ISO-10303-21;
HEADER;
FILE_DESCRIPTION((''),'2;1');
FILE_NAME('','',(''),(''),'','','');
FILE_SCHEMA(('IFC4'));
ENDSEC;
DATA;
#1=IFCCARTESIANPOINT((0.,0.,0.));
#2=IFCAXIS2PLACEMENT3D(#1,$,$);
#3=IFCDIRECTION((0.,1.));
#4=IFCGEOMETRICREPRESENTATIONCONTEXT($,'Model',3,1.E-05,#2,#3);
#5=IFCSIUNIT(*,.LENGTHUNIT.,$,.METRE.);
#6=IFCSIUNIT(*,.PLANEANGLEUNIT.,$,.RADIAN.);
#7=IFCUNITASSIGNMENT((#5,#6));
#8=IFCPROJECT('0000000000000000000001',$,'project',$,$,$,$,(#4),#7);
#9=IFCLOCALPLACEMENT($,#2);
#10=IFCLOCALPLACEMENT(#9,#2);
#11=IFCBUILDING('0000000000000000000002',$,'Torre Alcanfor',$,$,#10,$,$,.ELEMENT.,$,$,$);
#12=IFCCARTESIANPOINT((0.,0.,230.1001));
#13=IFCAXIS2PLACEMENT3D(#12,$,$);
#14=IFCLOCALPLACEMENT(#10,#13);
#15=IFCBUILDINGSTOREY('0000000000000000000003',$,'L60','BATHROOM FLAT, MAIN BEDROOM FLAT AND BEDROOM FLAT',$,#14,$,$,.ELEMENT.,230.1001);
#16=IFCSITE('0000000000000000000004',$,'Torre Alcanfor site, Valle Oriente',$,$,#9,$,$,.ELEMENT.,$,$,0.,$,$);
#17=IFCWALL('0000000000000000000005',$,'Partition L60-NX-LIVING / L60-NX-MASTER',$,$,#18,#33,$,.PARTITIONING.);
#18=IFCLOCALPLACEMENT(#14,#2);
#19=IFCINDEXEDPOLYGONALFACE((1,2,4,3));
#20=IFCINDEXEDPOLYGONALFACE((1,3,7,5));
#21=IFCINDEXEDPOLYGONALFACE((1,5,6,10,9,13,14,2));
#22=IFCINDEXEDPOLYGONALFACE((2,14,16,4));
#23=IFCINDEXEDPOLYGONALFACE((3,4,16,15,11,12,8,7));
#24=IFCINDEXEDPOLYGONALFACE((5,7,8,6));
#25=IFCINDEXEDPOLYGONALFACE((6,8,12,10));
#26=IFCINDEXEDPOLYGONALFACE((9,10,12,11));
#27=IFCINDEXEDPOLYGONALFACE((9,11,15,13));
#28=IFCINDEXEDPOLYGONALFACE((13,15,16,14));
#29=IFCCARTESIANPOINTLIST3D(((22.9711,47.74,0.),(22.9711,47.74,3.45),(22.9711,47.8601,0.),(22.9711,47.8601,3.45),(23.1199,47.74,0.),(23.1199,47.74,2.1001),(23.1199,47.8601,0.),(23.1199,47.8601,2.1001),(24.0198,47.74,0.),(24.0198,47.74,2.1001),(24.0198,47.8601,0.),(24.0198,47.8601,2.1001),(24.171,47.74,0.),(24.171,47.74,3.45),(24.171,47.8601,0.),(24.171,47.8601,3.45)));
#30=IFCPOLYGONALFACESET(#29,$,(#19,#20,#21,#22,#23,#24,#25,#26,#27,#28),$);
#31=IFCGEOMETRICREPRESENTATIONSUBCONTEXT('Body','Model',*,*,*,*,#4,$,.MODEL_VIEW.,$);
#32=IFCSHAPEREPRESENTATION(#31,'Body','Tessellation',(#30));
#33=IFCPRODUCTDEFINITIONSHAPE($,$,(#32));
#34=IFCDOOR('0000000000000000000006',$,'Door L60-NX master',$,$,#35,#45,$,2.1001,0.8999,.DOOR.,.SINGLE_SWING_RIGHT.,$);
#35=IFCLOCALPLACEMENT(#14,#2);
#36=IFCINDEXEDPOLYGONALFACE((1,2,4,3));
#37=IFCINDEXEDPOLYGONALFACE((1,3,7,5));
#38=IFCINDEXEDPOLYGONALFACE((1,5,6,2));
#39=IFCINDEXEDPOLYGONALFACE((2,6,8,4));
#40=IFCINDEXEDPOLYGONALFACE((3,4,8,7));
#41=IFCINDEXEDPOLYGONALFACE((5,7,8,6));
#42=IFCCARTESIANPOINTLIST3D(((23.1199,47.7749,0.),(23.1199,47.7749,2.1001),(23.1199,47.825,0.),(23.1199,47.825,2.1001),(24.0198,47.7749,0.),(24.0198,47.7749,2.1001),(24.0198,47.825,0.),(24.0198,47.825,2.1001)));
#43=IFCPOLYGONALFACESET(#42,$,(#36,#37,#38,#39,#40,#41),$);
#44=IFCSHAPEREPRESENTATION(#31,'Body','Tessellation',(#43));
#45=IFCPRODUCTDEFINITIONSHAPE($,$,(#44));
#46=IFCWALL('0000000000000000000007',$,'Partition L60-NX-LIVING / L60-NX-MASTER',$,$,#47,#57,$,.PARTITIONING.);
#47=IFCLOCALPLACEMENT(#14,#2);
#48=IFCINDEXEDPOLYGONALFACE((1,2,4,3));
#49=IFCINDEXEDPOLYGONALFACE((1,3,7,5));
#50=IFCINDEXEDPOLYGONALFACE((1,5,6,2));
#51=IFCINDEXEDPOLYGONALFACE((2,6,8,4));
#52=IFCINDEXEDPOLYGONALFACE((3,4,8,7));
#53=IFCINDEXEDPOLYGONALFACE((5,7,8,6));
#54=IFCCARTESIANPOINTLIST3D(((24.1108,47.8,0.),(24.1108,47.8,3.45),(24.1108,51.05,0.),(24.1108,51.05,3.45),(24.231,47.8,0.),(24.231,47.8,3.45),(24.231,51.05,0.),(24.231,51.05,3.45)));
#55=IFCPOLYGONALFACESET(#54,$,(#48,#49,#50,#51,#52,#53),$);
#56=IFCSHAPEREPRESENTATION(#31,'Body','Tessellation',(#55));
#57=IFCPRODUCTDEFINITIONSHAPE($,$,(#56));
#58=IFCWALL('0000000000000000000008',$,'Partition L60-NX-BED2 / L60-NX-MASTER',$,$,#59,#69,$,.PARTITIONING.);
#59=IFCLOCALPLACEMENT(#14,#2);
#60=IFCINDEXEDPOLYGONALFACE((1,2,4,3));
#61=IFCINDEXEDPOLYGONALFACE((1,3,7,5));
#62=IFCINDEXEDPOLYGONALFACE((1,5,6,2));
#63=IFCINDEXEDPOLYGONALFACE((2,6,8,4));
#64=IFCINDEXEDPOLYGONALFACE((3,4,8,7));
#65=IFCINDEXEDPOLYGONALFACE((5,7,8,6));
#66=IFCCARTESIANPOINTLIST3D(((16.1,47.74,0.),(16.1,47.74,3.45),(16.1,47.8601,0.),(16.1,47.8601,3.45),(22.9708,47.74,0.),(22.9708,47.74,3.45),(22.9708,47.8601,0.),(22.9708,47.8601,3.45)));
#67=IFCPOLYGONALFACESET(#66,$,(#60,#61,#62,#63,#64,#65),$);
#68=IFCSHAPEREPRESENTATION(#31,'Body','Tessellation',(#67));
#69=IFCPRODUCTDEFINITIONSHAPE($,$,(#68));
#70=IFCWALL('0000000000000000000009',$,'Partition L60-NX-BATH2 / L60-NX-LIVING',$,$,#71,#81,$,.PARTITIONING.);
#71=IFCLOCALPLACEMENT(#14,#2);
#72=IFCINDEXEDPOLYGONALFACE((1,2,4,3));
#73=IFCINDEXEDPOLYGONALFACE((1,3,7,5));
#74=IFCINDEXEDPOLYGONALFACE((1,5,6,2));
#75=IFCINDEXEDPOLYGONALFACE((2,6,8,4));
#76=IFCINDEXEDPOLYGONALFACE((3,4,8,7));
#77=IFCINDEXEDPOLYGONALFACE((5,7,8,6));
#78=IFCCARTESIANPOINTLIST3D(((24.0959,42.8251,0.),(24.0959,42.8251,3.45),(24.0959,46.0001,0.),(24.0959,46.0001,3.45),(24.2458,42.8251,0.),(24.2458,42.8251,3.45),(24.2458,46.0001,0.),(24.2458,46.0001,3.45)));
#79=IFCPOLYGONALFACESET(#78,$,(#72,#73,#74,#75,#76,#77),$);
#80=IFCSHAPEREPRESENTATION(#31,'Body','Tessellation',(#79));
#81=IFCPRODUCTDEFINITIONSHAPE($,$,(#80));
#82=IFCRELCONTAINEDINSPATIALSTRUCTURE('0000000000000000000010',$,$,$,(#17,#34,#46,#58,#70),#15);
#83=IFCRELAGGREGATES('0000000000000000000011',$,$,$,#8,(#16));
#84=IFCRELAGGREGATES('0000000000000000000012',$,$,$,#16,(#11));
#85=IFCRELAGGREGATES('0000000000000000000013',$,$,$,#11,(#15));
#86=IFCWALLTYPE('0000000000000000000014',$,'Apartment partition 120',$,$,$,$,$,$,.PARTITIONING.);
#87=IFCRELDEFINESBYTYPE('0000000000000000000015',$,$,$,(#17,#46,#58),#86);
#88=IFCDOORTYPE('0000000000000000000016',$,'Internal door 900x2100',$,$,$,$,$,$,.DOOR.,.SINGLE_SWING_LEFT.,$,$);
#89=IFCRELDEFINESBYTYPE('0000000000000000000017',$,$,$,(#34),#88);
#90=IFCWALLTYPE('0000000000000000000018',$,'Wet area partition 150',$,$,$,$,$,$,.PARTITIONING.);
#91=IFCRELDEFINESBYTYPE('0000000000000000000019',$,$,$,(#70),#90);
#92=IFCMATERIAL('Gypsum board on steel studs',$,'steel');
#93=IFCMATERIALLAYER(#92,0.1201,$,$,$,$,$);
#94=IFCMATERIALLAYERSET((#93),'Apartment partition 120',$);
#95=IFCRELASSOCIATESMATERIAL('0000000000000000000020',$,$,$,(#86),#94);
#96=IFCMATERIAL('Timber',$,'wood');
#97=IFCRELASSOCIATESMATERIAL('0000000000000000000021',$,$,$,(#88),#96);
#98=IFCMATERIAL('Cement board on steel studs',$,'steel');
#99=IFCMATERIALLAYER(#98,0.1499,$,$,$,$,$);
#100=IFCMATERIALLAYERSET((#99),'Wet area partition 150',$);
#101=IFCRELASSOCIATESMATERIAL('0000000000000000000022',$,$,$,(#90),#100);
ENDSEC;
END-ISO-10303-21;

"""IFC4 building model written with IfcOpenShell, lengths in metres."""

from ifc_helpers import new_model, si_unit, direction, frame, frame_2d, origin, place, context, subcontext, project, spatial, rectangle, extrude, material, layer, layer_set, type_object, element, fill, save


model = new_model("IFC4")

# Units and contexts
model_context = context("Model", 3, precision=1e-05, world=origin(), true_north=direction((0.0, 1.0)))
body_context = subcontext(model_context, "Body", "Model", "MODEL_VIEW")
ifc_project = project(units=[si_unit("LENGTHUNIT", "METRE"), si_unit("PLANEANGLEUNIT", "RADIAN")], contexts=[model_context])

# Site, building, storey
site_placement = place(None, origin())
site = spatial("IfcSite", under=ifc_project, at=site_placement, Name="Torre Alcanfor site, Valle Oriente", CompositionType="ELEMENT", RefElevation=0.0)
building_placement = place(site_placement, origin())
building = spatial("IfcBuilding", under=site, at=building_placement, Name="Torre Alcanfor", CompositionType="ELEMENT")
storey_placement = place(building_placement, frame((0.0, 0.0, 230.1001)))
storey = spatial("IfcBuildingStorey", under=building, at=storey_placement, Name="L60", Description="BATHROOM FLAT, MAIN BEDROOM FLAT AND BEDROOM FLAT", CompositionType="ELEMENT", Elevation=230.1001)

# Wall, opening, door
ifc_material_1 = material(Name="Gypsum board on steel studs", Category="steel")
ifc_layer_1 = layer(ifc_material_1, 0.1201)
ifc_layer_set_1 = layer_set([ifc_layer_1], Name="Apartment partition 120")
wall_type_1 = type_object("IfcWallType", Name="Apartment partition 120", PredefinedType="PARTITIONING", material=ifc_layer_set_1)
ifc_material_2 = material(Name="Timber", Category="wood")
door_type = type_object("IfcDoorType", Name="Internal door 900x2100", OperationType="SINGLE_SWING_LEFT", PredefinedType="DOOR", material=ifc_material_2)
wall_1_placement = place(storey_placement, frame((22.9709, 47.8, 0.0), z_axis=(0.0, 0.0, 1.0), x_axis=(1.0, 0.0, 0.0)))
wall_1 = element("IfcWall", 1, at=wall_1_placement, inside=storey, type_object=wall_type_1, Name="Partition L60-NX-LIVING / L60-NX-MASTER", PredefinedType="PARTITIONING", context=body_context, shape_type="SweptSolid", body=[
    extrude(rectangle(XDim=1.2, YDim=0.1201, at=frame_2d((0.6001, 0.0))), origin(), (0.0, 0.0, 1.0), 3.45),
])
opening_1_placement = place(wall_1_placement, frame((0.1489, 0.0, 0.0)))
opening_1 = element("IfcOpeningElement", 2, at=opening_1_placement, cuts=wall_1, PredefinedType="OPENING", context=body_context, shape_type="SweptSolid", body=[
    extrude(rectangle(XDim=0.8999, YDim=2.1001, at=frame_2d((0.45, 1.05))), frame((0.0, 0.0701, 0.0), z_axis=(0.0, -1.0, 0.0), x_axis=(1.0, 0.0, 0.0)), (0.0, 0.0, 1.0), 0.1401),
])
door_1_placement = place(opening_1_placement, origin())
door_1 = element("IfcDoor", 3, at=door_1_placement, inside=storey, type_object=door_type, Name="Door L60-NX master", OperationType="SINGLE_SWING_RIGHT", OverallHeight=2.1001, OverallWidth=0.8999, PredefinedType="DOOR", context=body_context, shape_type="SweptSolid", body=[
    extrude(rectangle(XDim=0.8999, YDim=2.1001, at=frame_2d((0.45, 1.05))), frame((0.0, 0.0249, 0.0), z_axis=(0.0, -1.0, 0.0), x_axis=(1.0, 0.0, 0.0)), (0.0, 0.0, 1.0), 0.05),
])
fill(opening_1, door_1)

# Walls
wall_2_placement = place(storey_placement, frame((24.1709, 47.8, 0.0), z_axis=(0.0, 0.0, 1.0), x_axis=(0.0, 1.0, 0.0)))
element("IfcWall", 4, at=wall_2_placement, inside=storey, type_object=wall_type_1, Name="Partition L60-NX-LIVING / L60-NX-MASTER", PredefinedType="PARTITIONING", context=body_context, shape_type="SweptSolid", body=[
    extrude(rectangle(XDim=3.25, YDim=0.1201, at=frame_2d((1.625, 0.0))), origin(), (0.0, 0.0, 1.0), 3.45),
])
wall_3_placement = place(storey_placement, frame((22.9709, 47.8, 0.0), z_axis=(0.0, 0.0, 1.0), x_axis=(-1.0, 0.0, 0.0)))
element("IfcWall", 5, at=wall_3_placement, inside=storey, type_object=wall_type_1, Name="Partition L60-NX-BED2 / L60-NX-MASTER", PredefinedType="PARTITIONING", context=body_context, shape_type="SweptSolid", body=[
    extrude(rectangle(XDim=6.8708, YDim=0.1201, at=frame_2d((3.4355, 0.0))), origin(), (0.0, 0.0, 1.0), 3.45),
])
ifc_material_3 = material(Name="Cement board on steel studs", Category="steel")
ifc_layer_2 = layer(ifc_material_3, 0.1499)
ifc_layer_set_2 = layer_set([ifc_layer_2], Name="Wet area partition 150")
wall_type_2 = type_object("IfcWallType", Name="Wet area partition 150", PredefinedType="PARTITIONING", material=ifc_layer_set_2)
wall_4_placement = place(storey_placement, frame((24.1709, 46.0, 0.0), z_axis=(0.0, 0.0, 1.0), x_axis=(0.0, -1.0, 0.0)))
element("IfcWall", 6, at=wall_4_placement, inside=storey, type_object=wall_type_2, Name="Partition L60-NX-BATH2 / L60-NX-LIVING", PredefinedType="PARTITIONING", context=body_context, shape_type="SweptSolid", body=[
    extrude(rectangle(XDim=3.175, YDim=0.1499, at=frame_2d((1.5874, 0.0))), origin(), (0.0, 0.0, 1.0), 3.45),
])

save(model, "model.ifc")
